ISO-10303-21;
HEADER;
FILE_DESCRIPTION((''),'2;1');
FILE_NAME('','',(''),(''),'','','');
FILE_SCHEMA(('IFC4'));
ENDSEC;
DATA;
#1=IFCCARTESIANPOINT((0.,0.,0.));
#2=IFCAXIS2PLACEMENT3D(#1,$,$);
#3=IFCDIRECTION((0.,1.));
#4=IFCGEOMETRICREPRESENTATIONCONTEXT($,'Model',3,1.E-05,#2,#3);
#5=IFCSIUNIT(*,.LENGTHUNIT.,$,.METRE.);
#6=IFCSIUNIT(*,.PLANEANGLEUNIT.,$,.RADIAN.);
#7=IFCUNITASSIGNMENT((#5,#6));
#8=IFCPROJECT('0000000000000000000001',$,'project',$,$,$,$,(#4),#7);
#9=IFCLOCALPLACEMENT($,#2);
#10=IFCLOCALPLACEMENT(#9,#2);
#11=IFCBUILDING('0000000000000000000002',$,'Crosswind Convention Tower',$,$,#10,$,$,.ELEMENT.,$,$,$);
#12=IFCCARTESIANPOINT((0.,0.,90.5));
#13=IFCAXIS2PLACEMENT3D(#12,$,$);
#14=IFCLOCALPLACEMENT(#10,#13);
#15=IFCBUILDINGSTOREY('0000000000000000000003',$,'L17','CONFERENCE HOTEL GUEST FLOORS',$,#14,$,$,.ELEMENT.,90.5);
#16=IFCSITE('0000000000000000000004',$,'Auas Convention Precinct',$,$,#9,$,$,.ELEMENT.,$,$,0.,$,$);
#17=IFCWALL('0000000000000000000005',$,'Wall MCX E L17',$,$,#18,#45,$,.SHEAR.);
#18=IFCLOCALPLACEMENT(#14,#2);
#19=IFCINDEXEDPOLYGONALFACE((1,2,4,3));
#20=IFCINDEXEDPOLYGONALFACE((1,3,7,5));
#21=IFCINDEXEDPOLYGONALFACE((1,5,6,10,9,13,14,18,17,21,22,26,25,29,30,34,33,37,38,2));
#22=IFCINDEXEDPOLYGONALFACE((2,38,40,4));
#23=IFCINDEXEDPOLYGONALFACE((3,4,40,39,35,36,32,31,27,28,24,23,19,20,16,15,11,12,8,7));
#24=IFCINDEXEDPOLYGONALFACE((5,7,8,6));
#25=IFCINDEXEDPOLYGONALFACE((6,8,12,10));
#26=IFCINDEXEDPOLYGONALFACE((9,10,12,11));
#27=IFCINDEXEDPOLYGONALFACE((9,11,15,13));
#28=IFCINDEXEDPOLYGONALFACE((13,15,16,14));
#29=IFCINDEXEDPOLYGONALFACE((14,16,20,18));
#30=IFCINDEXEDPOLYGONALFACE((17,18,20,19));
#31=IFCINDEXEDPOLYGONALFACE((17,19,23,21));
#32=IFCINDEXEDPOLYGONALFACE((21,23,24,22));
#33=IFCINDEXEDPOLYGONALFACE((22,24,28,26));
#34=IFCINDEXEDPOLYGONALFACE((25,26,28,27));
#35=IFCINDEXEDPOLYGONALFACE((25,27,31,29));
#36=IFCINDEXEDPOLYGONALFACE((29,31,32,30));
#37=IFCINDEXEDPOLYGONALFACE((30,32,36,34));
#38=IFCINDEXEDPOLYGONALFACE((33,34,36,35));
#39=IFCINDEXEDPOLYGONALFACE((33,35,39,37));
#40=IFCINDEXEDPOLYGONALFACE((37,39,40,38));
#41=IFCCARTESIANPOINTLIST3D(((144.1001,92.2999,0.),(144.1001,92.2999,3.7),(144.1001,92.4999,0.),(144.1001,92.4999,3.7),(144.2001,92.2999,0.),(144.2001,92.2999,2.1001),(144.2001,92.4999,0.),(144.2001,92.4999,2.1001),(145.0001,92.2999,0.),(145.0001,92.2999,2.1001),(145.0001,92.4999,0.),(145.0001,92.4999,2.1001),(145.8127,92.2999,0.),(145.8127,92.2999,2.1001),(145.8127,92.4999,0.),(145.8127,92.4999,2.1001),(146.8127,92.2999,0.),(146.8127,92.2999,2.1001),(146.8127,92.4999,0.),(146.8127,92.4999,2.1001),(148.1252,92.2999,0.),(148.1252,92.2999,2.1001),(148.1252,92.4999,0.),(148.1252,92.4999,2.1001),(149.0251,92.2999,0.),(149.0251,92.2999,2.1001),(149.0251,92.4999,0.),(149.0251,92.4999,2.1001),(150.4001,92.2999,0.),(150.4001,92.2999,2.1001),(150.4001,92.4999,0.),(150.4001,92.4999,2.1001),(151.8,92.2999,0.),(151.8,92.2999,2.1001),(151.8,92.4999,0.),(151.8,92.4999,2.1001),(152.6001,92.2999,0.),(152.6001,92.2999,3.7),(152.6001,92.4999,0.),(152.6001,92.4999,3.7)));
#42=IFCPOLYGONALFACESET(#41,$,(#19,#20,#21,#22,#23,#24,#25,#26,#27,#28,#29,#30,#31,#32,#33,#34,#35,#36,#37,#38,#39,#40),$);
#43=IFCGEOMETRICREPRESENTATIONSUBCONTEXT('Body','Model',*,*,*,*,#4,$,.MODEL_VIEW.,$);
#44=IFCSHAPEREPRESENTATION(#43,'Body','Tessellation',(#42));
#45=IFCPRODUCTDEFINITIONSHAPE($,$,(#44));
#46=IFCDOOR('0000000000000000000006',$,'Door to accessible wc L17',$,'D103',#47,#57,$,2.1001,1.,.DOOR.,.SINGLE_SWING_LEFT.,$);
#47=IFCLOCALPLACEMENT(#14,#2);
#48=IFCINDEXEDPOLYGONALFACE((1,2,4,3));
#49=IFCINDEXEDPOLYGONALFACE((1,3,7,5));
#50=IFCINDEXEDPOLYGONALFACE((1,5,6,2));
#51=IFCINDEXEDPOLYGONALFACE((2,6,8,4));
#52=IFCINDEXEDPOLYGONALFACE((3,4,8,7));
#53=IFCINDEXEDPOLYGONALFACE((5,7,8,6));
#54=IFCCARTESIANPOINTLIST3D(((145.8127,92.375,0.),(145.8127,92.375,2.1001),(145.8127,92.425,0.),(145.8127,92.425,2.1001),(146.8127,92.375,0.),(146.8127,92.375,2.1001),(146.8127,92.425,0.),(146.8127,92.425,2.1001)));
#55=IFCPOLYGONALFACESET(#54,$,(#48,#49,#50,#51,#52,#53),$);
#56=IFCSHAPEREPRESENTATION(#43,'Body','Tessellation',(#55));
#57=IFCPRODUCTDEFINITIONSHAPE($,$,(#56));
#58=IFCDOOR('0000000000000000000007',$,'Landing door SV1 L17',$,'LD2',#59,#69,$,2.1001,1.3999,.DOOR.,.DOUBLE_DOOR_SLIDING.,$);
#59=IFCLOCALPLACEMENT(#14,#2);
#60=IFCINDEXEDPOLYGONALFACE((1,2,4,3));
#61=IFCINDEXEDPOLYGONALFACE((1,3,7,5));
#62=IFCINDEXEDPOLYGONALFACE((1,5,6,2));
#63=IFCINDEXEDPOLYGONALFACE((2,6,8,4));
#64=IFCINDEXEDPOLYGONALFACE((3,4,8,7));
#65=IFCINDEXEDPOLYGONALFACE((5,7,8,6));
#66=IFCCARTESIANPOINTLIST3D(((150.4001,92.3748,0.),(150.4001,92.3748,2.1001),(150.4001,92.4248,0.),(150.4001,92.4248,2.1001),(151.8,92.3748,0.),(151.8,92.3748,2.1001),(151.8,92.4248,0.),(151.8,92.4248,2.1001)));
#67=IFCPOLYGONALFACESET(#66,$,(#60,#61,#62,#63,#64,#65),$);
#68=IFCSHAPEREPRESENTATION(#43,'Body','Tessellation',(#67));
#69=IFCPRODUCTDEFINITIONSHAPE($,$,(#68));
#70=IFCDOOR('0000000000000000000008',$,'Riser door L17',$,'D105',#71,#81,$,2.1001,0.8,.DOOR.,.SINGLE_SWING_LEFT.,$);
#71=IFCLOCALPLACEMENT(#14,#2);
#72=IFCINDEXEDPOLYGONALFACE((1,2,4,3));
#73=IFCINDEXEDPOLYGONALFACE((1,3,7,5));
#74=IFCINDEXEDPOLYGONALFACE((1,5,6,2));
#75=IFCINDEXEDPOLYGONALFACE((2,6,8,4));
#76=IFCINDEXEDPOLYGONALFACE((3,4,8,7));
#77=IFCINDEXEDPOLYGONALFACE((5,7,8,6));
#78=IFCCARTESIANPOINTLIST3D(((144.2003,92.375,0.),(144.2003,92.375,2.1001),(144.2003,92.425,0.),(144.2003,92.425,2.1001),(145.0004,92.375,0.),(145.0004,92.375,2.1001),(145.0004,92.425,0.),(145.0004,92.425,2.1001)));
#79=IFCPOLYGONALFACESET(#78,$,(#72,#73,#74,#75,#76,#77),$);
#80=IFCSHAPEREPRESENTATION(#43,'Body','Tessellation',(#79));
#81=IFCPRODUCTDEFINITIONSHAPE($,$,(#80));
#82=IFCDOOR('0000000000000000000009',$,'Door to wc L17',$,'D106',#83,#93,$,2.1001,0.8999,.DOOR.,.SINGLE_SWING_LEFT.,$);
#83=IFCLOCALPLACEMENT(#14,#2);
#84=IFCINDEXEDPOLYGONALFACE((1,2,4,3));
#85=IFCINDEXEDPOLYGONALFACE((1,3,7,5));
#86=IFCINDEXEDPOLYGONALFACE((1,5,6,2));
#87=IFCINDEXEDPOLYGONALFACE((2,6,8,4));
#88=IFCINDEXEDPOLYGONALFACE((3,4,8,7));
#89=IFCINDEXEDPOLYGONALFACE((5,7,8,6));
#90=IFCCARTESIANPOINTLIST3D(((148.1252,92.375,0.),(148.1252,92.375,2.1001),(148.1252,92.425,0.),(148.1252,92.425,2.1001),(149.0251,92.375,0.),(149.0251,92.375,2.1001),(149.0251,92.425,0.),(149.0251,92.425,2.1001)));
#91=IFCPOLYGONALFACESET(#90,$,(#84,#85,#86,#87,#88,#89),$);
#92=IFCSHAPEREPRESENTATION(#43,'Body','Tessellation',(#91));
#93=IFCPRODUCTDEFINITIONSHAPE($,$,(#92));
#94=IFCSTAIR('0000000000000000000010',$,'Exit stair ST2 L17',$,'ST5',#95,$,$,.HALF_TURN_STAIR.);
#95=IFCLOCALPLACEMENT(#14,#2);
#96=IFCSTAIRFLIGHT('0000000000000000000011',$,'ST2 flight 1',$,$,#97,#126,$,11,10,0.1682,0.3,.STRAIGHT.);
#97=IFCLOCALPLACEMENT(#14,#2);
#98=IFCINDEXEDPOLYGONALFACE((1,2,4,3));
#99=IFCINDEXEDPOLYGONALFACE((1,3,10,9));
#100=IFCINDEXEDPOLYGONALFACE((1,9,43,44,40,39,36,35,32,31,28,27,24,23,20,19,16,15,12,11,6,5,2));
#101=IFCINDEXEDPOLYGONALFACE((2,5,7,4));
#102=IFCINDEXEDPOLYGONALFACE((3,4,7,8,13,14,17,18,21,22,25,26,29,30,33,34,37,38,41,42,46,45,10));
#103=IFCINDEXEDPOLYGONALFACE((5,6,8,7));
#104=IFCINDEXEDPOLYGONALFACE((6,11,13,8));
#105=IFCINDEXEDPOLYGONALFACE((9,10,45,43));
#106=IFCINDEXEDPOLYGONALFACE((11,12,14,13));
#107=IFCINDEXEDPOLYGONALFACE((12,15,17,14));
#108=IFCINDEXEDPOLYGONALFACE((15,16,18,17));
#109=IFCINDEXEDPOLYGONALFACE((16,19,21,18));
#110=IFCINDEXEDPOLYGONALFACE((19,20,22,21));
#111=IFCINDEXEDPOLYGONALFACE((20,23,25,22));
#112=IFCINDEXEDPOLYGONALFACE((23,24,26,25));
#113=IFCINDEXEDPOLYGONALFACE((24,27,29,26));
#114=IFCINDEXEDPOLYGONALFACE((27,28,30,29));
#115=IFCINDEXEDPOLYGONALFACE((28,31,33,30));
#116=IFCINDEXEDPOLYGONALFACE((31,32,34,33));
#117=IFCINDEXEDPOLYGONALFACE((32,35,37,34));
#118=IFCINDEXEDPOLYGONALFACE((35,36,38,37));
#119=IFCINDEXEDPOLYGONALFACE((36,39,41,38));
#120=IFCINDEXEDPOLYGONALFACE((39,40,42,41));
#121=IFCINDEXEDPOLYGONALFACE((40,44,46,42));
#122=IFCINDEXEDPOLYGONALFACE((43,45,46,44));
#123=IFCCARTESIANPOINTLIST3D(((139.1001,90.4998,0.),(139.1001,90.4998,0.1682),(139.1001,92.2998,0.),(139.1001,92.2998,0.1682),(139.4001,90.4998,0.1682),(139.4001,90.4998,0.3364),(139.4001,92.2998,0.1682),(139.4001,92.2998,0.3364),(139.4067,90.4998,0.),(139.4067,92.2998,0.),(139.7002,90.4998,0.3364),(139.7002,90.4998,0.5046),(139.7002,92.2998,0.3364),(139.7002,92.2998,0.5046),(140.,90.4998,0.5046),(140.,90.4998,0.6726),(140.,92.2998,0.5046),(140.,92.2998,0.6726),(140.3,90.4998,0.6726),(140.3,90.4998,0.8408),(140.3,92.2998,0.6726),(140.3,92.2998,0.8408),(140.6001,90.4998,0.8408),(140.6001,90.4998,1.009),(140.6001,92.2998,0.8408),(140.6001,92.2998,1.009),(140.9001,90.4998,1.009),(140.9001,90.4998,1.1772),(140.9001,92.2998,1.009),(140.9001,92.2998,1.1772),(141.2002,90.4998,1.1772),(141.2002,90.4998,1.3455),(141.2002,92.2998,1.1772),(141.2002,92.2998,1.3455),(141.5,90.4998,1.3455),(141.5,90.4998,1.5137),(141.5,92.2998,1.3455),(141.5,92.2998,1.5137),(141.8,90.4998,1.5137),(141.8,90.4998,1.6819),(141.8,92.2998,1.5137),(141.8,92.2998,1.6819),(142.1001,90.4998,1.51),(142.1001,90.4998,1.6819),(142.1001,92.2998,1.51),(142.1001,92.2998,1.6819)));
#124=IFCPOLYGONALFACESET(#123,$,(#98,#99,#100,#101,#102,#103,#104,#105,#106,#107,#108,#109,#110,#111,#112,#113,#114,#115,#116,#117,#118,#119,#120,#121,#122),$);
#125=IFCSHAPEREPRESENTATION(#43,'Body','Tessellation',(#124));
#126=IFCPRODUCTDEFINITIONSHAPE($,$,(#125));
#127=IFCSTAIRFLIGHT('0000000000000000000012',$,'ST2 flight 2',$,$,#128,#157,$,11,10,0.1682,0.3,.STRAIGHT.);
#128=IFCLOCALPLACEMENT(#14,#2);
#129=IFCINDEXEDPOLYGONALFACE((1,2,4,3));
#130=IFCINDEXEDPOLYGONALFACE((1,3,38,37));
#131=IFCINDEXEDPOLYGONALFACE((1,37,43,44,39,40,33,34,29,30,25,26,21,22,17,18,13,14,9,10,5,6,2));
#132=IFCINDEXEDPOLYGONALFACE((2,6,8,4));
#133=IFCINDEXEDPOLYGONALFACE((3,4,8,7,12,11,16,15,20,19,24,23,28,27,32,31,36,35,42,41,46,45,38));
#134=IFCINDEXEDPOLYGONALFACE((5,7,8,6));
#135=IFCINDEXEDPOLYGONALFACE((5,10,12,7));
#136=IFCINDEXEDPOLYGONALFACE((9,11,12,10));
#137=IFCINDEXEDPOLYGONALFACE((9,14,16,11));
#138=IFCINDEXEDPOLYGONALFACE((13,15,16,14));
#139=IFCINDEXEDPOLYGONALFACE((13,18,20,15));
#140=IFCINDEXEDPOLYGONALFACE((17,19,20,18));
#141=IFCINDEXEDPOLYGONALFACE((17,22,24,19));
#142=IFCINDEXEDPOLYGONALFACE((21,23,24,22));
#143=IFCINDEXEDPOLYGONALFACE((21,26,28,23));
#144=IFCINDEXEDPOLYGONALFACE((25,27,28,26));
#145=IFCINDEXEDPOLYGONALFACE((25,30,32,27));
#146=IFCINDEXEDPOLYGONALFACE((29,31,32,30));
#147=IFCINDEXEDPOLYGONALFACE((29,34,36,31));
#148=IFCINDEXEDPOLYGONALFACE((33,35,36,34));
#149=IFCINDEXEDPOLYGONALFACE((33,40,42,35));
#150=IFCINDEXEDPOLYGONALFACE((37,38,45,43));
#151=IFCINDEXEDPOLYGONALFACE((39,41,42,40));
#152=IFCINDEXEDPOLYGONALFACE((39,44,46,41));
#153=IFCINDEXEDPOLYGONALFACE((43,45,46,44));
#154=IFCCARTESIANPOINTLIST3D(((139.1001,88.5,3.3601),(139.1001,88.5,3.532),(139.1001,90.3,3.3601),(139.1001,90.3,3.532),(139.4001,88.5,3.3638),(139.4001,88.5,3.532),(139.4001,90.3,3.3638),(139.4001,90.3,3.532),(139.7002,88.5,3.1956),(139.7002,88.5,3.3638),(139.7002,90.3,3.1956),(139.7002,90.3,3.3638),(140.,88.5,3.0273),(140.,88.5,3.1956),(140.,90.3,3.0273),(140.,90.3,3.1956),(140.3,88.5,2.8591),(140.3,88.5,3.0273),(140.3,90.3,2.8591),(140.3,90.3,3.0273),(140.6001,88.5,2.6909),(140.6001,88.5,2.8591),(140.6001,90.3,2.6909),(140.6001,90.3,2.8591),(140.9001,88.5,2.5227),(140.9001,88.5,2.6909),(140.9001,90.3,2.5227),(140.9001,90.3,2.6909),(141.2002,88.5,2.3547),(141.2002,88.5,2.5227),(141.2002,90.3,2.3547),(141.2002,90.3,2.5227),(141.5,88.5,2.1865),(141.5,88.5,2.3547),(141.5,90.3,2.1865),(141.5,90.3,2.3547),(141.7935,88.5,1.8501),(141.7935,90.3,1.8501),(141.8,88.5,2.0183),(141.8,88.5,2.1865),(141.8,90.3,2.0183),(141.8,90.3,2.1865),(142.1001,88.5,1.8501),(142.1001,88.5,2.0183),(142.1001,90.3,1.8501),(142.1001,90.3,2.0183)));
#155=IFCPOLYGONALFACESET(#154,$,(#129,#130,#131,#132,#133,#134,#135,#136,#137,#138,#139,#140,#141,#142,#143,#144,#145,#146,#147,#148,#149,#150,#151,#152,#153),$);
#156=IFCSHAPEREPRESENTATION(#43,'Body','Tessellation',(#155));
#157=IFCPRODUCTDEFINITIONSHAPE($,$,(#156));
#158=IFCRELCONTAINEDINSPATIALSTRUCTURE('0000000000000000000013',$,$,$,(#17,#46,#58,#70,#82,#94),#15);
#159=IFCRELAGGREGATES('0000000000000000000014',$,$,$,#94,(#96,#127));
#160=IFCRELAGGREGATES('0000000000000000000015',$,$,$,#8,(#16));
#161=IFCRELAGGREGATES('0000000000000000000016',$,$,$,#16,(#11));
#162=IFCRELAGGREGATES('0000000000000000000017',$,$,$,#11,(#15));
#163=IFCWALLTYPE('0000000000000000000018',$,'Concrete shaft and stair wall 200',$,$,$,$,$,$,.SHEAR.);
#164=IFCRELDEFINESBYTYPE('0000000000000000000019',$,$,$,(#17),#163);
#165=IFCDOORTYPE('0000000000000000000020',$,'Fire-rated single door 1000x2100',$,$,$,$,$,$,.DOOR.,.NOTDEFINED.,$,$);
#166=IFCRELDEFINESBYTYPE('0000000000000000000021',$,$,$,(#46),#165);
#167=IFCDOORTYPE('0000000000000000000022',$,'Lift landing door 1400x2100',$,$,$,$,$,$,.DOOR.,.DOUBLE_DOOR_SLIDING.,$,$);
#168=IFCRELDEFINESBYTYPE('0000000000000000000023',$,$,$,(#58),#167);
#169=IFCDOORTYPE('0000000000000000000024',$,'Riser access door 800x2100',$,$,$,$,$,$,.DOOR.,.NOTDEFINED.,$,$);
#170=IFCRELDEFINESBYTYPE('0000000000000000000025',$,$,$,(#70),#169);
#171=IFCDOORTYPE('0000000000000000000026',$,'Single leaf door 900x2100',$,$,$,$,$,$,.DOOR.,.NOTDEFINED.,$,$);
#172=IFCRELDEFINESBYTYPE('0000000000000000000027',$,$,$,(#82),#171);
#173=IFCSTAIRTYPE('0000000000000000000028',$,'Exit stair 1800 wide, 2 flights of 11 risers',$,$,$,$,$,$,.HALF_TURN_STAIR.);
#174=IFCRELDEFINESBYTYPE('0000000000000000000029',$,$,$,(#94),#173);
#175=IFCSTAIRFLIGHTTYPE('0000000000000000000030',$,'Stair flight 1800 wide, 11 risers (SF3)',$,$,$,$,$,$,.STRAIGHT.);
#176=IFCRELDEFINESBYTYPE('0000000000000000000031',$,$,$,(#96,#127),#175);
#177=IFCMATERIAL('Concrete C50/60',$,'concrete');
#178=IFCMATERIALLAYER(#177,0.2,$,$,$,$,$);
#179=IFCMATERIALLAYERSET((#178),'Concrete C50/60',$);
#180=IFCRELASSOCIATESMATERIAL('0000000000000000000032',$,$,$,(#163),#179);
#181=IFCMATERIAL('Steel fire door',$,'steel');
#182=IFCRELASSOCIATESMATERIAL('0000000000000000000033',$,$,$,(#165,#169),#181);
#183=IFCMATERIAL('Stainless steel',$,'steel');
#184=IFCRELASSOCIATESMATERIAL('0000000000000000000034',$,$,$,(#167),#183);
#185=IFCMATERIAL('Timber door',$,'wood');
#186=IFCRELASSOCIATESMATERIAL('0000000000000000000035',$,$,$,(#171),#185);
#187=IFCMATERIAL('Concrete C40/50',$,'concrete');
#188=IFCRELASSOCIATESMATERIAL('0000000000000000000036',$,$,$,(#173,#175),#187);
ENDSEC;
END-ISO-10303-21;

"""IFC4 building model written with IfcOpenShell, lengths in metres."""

from ifc_helpers import new_model, si_unit, direction, frame, frame_2d, origin, place, context, subcontext, project, spatial, polyline, rectangle, outline, extrude, material, layer, layer_set, type_object, element, fill, aggregate, save


model = new_model("IFC4")

# Units and contexts
model_context = context("Model", 3, precision=1e-05, world=origin(), true_north=direction((0.0, 1.0)))
body_context = subcontext(model_context, "Body", "Model", "MODEL_VIEW")
ifc_project = project(units=[si_unit("LENGTHUNIT", "METRE"), si_unit("PLANEANGLEUNIT", "RADIAN")], contexts=[model_context])

# Site, building, storey
site_placement = place(None, origin())
site = spatial("IfcSite", under=ifc_project, at=site_placement, Name="Auas Convention Precinct", CompositionType="ELEMENT", RefElevation=0.0)
building_placement = place(site_placement, origin())
building = spatial("IfcBuilding", under=site, at=building_placement, Name="Crosswind Convention Tower", CompositionType="ELEMENT")
storey_placement = place(building_placement, frame((0.0, 0.0, 90.5)))
storey = spatial("IfcBuildingStorey", under=building, at=storey_placement, Name="L17", Description="CONFERENCE HOTEL GUEST FLOORS", CompositionType="ELEMENT", Elevation=90.5)

# Shared definitions
ifc_material_1 = material(Name="Concrete C50/60", Category="concrete")
ifc_layer = layer(ifc_material_1, 0.2)
ifc_layer_set = layer_set([ifc_layer], Name="Concrete C50/60")
wall_type = type_object("IfcWallType", Name="Concrete shaft and stair wall 200", PredefinedType="SHEAR", material=ifc_layer_set)

# Shared definitions
ifc_material_2 = material(Name="Stainless steel", Category="steel")

# Shared definitions
ifc_material_3 = material(Name="Steel fire door", Category="steel")
door_type_1 = type_object("IfcDoorType", Name="Fire-rated single door 1000x2100", OperationType="NOTDEFINED", PredefinedType="DOOR", material=ifc_material_3)

# Wall, openings, doors
wall_1_placement = place(storey_placement, frame((144.1001, 92.3999, 0.0), z_axis=(0.0, 0.0, 1.0), x_axis=(1.0, 0.0, 0.0)))
wall_1 = element("IfcWall", 1, at=wall_1_placement, inside=storey, type_object=wall_type, Name="Wall MCX E L17", PredefinedType="SHEAR", context=body_context, shape_type="SweptSolid", body=[
    extrude(rectangle(XDim=8.5, YDim=0.2, at=frame_2d((4.25, 0.0))), origin(), (0.0, 0.0, 1.0), 3.7),
])
opening_1_placement = place(wall_1_placement, frame((0.1001, 0.0, 0.0)))
opening_1 = element("IfcOpeningElement", 2, at=opening_1_placement, cuts=wall_1, PredefinedType="OPENING", context=body_context, shape_type="SweptSolid", body=[
    extrude(rectangle(XDim=0.8, YDim=2.1001, at=frame_2d((0.3999, 1.05))), frame((0.0, 0.1099, 0.0), z_axis=(0.0, -1.0, 0.0), x_axis=(1.0, 0.0, 0.0)), (0.0, 0.0, 1.0), 0.22),
])
opening_2_placement = place(wall_1_placement, frame((1.7126, 0.0, 0.0)))
opening_2 = element("IfcOpeningElement", 3, at=opening_2_placement, cuts=wall_1, PredefinedType="OPENING", context=body_context, shape_type="SweptSolid", body=[
    extrude(rectangle(XDim=1.0, YDim=2.1001, at=frame_2d((0.5, 1.05))), frame((0.0, 0.1099, 0.0), z_axis=(0.0, -1.0, 0.0), x_axis=(1.0, 0.0, 0.0)), (0.0, 0.0, 1.0), 0.22),
])
opening_3_placement = place(wall_1_placement, frame((4.0251, 0.0, 0.0)))
opening_3 = element("IfcOpeningElement", 4, at=opening_3_placement, cuts=wall_1, PredefinedType="OPENING", context=body_context, shape_type="SweptSolid", body=[
    extrude(rectangle(XDim=0.8999, YDim=2.1001, at=frame_2d((0.45, 1.05))), frame((0.0, 0.1099, 0.0), z_axis=(0.0, -1.0, 0.0), x_axis=(1.0, 0.0, 0.0)), (0.0, 0.0, 1.0), 0.22),
])
opening_4_placement = place(wall_1_placement, frame((6.3, 0.0, 0.0)))
opening_4 = element("IfcOpeningElement", 5, at=opening_4_placement, cuts=wall_1, PredefinedType="OPENING", context=body_context, shape_type="SweptSolid", body=[
    extrude(rectangle(XDim=1.3999, YDim=2.1001, at=frame_2d((0.7, 1.05))), frame((0.0, 0.1099, 0.0), z_axis=(0.0, -1.0, 0.0), x_axis=(1.0, 0.0, 0.0)), (0.0, 0.0, 1.0), 0.22),
])
door_1_placement = place(opening_2_placement, frame((1.0, 0.0, 0.0), z_axis=(0.0, 0.0, 1.0), x_axis=(-1.0, 0.0, 0.0)))
door_1 = element("IfcDoor", 6, at=door_1_placement, inside=storey, type_object=door_type_1, Name="Door to accessible wc L17", ObjectType="D103", OperationType="SINGLE_SWING_LEFT", OverallHeight=2.1001, OverallWidth=1.0, PredefinedType="DOOR", context=body_context, shape_type="SweptSolid", body=[
    extrude(rectangle(XDim=1.0, YDim=2.1001, at=frame_2d((0.5, 1.05))), frame((0.0, 0.0249, 0.0), z_axis=(0.0, -1.0, 0.0), x_axis=(1.0, 0.0, 0.0)), (0.0, 0.0, 1.0), 0.05),
])
fill(opening_2, door_1)
door_type_2 = type_object("IfcDoorType", Name="Lift landing door 1400x2100", OperationType="DOUBLE_DOOR_SLIDING", PredefinedType="DOOR", material=ifc_material_2)
door_2_placement = place(opening_4_placement, origin())
door_2 = element("IfcDoor", 7, at=door_2_placement, inside=storey, type_object=door_type_2, Name="Landing door SV1 L17", ObjectType="LD2", OperationType="DOUBLE_DOOR_SLIDING", OverallHeight=2.1001, OverallWidth=1.3999, PredefinedType="DOOR", context=body_context, shape_type="SweptSolid", body=[
    extrude(rectangle(XDim=1.3999, YDim=2.1001, at=frame_2d((0.7, 1.05))), frame((0.0, 0.0249, 0.0), z_axis=(0.0, -1.0, 0.0), x_axis=(1.0, 0.0, 0.0)), (0.0, 0.0, 1.0), 0.05),
])
fill(opening_4, door_2)
door_type_3 = type_object("IfcDoorType", Name="Riser access door 800x2100", OperationType="NOTDEFINED", PredefinedType="DOOR", material=ifc_material_3)
door_3_placement = place(opening_1_placement, frame((0.8, 0.0, 0.0), z_axis=(0.0, 0.0, 1.0), x_axis=(-1.0, 0.0, 0.0)))
door_3 = element("IfcDoor", 8, at=door_3_placement, inside=storey, type_object=door_type_3, Name="Riser door L17", ObjectType="D105", OperationType="SINGLE_SWING_LEFT", OverallHeight=2.1001, OverallWidth=0.8, PredefinedType="DOOR", context=body_context, shape_type="SweptSolid", body=[
    extrude(rectangle(XDim=0.8, YDim=2.1001, at=frame_2d((0.3999, 1.05))), frame((0.0, 0.0249, 0.0), z_axis=(0.0, -1.0, 0.0), x_axis=(1.0, 0.0, 0.0)), (0.0, 0.0, 1.0), 0.05),
])
fill(opening_1, door_3)
ifc_material_4 = material(Name="Timber door", Category="wood")
door_type_4 = type_object("IfcDoorType", Name="Single leaf door 900x2100", OperationType="NOTDEFINED", PredefinedType="DOOR", material=ifc_material_4)
door_4_placement = place(opening_3_placement, frame((0.8999, 0.0, 0.0), z_axis=(0.0, 0.0, 1.0), x_axis=(-1.0, 0.0, 0.0)))
door_4 = element("IfcDoor", 9, at=door_4_placement, inside=storey, type_object=door_type_4, Name="Door to wc L17", ObjectType="D106", OperationType="SINGLE_SWING_LEFT", OverallHeight=2.1001, OverallWidth=0.8999, PredefinedType="DOOR", context=body_context, shape_type="SweptSolid", body=[
    extrude(rectangle(XDim=0.8999, YDim=2.1001, at=frame_2d((0.45, 1.05))), frame((0.0, 0.0249, 0.0), z_axis=(0.0, -1.0, 0.0), x_axis=(1.0, 0.0, 0.0)), (0.0, 0.0, 1.0), 0.05),
])
fill(opening_3, door_4)

# Stair, stair flights
ifc_material_5 = material(Name="Concrete C40/50", Category="concrete")
stair_type = type_object("IfcStairType", Name="Exit stair 1800 wide, 2 flights of 11 risers", PredefinedType="HALF_TURN_STAIR", material=ifc_material_5)
stair_placement = place(storey_placement, origin())
stair = element("IfcStair", 10, at=stair_placement, inside=storey, type_object=stair_type, Name="Exit stair ST2 L17", ObjectType="ST5", PredefinedType="HALF_TURN_STAIR")
stair_flight_type = type_object("IfcStairFlightType", Name="Stair flight 1800 wide, 11 risers (SF3)", PredefinedType="STRAIGHT", material=ifc_material_5)
stair_flight_1_placement = place(storey_placement, frame((139.1001, 91.3999, 0.0), z_axis=(0.0, 0.0, 1.0), x_axis=(1.0, 0.0, 0.0)))
stair_flight_1 = element("IfcStairFlight", 11, at=stair_flight_1_placement, type_object=stair_flight_type, Name="ST2 flight 1", NumberOfRisers=11, NumberOfTreads=10, PredefinedType="STRAIGHT", RiserHeight=0.1682, TreadLength=0.3, context=body_context, shape_type="SweptSolid", body=[
    extrude(outline(polyline([(0.0, 0.0), (0.0, 0.1682), (0.3, 0.1682), (0.3, 0.3364), (0.6001, 0.3364), (0.6001, 0.5046), (0.8999, 0.5046), (0.8999, 0.6726), (1.2, 0.6726), (1.2, 0.8408), (1.5, 0.8408), (1.5, 1.009), (1.8, 1.009), (1.8, 1.1772), (2.1001, 1.1772), (2.1001, 1.3455), (2.3999, 1.3455), (2.3999, 1.5137), (2.7, 1.5137), (2.7, 1.6819), (3.0, 1.6819), (3.0, 1.8501), (3.0, 1.51), (0.3066, 0.0), (0.0, 0.0)])), frame((0.0, 0.8999, 0.0), z_axis=(0.0, -1.0, 0.0), x_axis=(1.0, 0.0, 0.0)), (0.0, 0.0, 1.0), 1.8),
])
stair_flight_2_placement = place(storey_placement, frame((142.1001, 89.3999, 1.8501), z_axis=(0.0, 0.0, 1.0), x_axis=(-1.0, 0.0, 0.0)))
stair_flight_2 = element("IfcStairFlight", 12, at=stair_flight_2_placement, type_object=stair_flight_type, Name="ST2 flight 2", NumberOfRisers=11, NumberOfTreads=10, PredefinedType="STRAIGHT", RiserHeight=0.1682, TreadLength=0.3, context=body_context, shape_type="SweptSolid", body=[
    extrude(outline(polyline([(0.0, 0.0), (0.0, 0.1682), (0.3, 0.1682), (0.3, 0.3364), (0.6001, 0.3364), (0.6001, 0.5046), (0.8999, 0.5046), (0.8999, 0.6726), (1.2, 0.6726), (1.2, 0.8408), (1.5, 0.8408), (1.5, 1.009), (1.8, 1.009), (1.8, 1.1772), (2.1001, 1.1772), (2.1001, 1.3455), (2.3999, 1.3455), (2.3999, 1.5137), (2.7, 1.5137), (2.7, 1.6819), (3.0, 1.6819), (3.0, 1.8501), (3.0, 1.51), (0.3066, 0.0), (0.0, 0.0)])), frame((0.0, 0.8999, 0.0), z_axis=(0.0, -1.0, 0.0), x_axis=(1.0, 0.0, 0.0)), (0.0, 0.0, 1.0), 1.8),
])
aggregate(stair, [stair_flight_1, stair_flight_2])

save(model, "model.ifc")
